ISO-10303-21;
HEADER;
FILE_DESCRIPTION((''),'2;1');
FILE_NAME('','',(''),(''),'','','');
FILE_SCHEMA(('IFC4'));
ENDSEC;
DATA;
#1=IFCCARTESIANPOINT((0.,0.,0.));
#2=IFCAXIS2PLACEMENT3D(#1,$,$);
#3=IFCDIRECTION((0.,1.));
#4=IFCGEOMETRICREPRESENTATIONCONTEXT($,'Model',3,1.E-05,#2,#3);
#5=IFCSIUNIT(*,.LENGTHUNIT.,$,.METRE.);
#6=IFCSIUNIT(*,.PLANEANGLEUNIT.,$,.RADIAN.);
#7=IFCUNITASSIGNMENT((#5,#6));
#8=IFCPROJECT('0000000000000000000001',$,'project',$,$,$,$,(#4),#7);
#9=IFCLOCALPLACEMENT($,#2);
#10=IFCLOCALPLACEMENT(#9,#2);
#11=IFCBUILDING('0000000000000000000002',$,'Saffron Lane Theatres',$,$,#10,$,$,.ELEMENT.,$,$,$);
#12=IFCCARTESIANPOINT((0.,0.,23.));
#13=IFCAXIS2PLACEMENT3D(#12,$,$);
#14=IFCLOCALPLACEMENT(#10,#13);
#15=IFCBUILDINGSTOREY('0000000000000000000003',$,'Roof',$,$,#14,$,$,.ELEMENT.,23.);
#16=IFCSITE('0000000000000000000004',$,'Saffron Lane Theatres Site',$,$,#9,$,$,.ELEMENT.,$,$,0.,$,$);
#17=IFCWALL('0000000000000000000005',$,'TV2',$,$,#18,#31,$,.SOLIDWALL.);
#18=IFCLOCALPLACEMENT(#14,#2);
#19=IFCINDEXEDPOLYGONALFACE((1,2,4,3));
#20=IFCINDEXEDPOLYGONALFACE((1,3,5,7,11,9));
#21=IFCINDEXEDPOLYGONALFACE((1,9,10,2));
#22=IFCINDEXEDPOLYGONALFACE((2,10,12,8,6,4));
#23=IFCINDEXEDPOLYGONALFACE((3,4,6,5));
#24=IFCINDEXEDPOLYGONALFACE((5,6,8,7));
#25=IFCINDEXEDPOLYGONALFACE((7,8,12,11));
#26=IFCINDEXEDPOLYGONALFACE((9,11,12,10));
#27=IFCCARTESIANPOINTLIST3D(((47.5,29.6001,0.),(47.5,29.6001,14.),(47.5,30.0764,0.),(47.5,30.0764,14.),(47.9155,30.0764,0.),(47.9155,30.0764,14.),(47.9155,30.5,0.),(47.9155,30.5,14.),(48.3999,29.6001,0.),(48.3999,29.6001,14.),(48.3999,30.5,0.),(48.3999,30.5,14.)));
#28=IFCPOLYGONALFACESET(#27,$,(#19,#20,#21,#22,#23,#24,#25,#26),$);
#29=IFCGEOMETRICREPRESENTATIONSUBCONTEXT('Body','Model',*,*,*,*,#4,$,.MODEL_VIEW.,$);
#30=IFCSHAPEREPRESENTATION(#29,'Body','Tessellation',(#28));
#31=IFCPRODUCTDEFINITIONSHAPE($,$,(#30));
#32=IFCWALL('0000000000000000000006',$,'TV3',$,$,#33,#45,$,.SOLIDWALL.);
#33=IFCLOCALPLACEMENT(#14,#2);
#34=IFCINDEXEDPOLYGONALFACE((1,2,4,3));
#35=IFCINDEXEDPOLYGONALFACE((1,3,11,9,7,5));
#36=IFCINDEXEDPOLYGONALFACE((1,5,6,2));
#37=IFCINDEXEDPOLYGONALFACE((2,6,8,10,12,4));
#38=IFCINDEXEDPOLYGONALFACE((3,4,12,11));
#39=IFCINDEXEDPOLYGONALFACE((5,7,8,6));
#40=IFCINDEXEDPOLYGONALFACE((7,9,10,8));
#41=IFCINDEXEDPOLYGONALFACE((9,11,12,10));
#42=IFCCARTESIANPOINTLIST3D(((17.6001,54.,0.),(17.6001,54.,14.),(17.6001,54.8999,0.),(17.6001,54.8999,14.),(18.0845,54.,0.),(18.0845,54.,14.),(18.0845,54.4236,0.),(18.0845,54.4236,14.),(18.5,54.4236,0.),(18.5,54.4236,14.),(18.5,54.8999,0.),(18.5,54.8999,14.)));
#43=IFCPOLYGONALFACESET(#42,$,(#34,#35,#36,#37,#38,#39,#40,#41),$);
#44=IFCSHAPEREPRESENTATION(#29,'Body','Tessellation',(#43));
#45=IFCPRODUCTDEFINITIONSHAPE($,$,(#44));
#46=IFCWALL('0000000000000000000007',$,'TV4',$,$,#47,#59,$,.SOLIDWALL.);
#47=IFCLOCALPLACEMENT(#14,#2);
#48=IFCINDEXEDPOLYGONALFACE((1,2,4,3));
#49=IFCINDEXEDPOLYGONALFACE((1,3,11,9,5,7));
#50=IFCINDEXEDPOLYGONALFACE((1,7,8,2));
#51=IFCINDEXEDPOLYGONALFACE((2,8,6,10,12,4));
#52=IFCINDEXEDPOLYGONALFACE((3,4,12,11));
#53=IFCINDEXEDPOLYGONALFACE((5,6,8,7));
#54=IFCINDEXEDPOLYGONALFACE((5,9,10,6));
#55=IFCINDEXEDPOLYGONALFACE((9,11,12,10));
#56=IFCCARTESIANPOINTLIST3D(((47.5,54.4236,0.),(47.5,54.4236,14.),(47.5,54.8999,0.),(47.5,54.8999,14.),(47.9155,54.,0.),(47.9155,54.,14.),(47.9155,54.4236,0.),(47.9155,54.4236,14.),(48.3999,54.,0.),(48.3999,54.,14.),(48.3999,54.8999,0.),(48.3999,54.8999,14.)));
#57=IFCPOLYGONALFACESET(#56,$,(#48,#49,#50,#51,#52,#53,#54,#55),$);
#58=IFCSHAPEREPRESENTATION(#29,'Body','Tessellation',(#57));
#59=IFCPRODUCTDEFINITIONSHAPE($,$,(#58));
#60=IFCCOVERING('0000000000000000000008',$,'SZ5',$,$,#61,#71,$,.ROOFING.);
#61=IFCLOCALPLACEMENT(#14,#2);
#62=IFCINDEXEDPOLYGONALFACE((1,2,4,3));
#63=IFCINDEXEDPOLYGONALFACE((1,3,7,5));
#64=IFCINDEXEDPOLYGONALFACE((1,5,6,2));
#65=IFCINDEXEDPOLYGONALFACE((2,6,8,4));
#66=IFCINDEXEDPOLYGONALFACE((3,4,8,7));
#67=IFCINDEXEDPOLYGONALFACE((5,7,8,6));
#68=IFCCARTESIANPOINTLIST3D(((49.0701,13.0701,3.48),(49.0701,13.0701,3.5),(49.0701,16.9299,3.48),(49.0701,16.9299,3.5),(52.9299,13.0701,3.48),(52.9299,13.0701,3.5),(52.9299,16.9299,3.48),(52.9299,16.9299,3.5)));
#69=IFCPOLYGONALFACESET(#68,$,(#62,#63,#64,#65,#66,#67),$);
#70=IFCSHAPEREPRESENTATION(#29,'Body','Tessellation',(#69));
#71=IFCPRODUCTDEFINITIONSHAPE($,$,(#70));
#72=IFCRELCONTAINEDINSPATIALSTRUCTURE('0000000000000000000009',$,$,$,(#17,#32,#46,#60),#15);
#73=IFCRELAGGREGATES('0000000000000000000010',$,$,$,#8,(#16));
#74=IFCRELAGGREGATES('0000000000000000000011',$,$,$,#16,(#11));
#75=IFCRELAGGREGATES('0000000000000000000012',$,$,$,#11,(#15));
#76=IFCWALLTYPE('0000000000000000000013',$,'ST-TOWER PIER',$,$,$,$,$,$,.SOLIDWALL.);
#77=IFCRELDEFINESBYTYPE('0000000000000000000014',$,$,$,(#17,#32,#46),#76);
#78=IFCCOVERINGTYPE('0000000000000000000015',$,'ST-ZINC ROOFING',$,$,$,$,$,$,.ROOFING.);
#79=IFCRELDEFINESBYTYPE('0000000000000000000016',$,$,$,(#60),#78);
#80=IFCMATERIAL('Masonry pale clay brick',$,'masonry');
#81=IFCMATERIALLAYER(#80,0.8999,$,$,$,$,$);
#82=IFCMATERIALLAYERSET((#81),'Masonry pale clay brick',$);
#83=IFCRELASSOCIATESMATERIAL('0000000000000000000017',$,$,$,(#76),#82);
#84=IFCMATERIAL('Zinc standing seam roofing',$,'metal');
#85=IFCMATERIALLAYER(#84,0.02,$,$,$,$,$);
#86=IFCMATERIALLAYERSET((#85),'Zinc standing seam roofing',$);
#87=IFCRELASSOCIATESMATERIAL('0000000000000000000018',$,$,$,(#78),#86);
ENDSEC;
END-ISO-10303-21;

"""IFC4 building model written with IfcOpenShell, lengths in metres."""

from ifc_helpers import new_model, si_unit, direction, frame, origin, place, context, subcontext, project, spatial, polyline, outline, extrude, material, layer, layer_set, type_object, element, save


model = new_model("IFC4")

# Units and contexts
model_context = context("Model", 3, precision=1e-05, world=origin(), true_north=direction((0.0, 1.0)))
body_context = subcontext(model_context, "Body", "Model", "MODEL_VIEW")
ifc_project = project(units=[si_unit("LENGTHUNIT", "METRE"), si_unit("PLANEANGLEUNIT", "RADIAN")], contexts=[model_context])

# Site, building, storey
site_placement = place(None, origin())
site = spatial("IfcSite", under=ifc_project, at=site_placement, Name="Saffron Lane Theatres Site", CompositionType="ELEMENT", RefElevation=0.0)
building_placement = place(site_placement, origin())
building = spatial("IfcBuilding", under=site, at=building_placement, Name="Saffron Lane Theatres", CompositionType="ELEMENT")
storey_placement = place(building_placement, frame((0.0, 0.0, 23.0)))
storey = spatial("IfcBuildingStorey", under=building, at=storey_placement, Name="Roof", CompositionType="ELEMENT", Elevation=23.0)

# Walls
ifc_material_1 = material(Name="Masonry pale clay brick", Category="masonry")
ifc_layer_1 = layer(ifc_material_1, 0.8999)
ifc_layer_set_1 = layer_set([ifc_layer_1], Name="Masonry pale clay brick")
wall_type = type_object("IfcWallType", Name="ST-TOWER PIER", PredefinedType="SOLIDWALL", material=ifc_layer_set_1)
wall_1_placement = place(storey_placement, origin())
element("IfcWall", 1, at=wall_1_placement, inside=storey, type_object=wall_type, Name="TV2", PredefinedType="SOLIDWALL", context=body_context, shape_type="SweptSolid", body=[
    extrude(outline(polyline([(47.9155, 30.5), (48.3999, 30.5), (48.3999, 29.6001), (47.5, 29.6001), (47.5, 30.0764), (47.9155, 30.0764), (47.9155, 30.5)])), origin(), (0.0, 0.0, 1.0), 14.0),
])
wall_2_placement = place(storey_placement, origin())
element("IfcWall", 2, at=wall_2_placement, inside=storey, type_object=wall_type, Name="TV3", PredefinedType="SOLIDWALL", context=body_context, shape_type="SweptSolid", body=[
    extrude(outline(polyline([(18.0845, 54.0), (17.6001, 54.0), (17.6001, 54.8999), (18.5, 54.8999), (18.5, 54.4236), (18.0845, 54.4236), (18.0845, 54.0)])), origin(), (0.0, 0.0, 1.0), 14.0),
])
wall_3_placement = place(storey_placement, origin())
element("IfcWall", 3, at=wall_3_placement, inside=storey, type_object=wall_type, Name="TV4", PredefinedType="SOLIDWALL", context=body_context, shape_type="SweptSolid", body=[
    extrude(outline(polyline([(47.9155, 54.0), (48.3999, 54.0), (48.3999, 54.8999), (47.5, 54.8999), (47.5, 54.4236), (47.9155, 54.4236), (47.9155, 54.0)])), origin(), (0.0, 0.0, 1.0), 14.0),
])

# Covering
ifc_material_2 = material(Name="Zinc standing seam roofing", Category="metal")
ifc_layer_2 = layer(ifc_material_2, 0.02)
ifc_layer_set_2 = layer_set([ifc_layer_2], Name="Zinc standing seam roofing")
covering_type_1 = type_object("IfcCoveringType", Name="ST-ZINC ROOFING", PredefinedType="ROOFING", material=ifc_layer_set_2)
covering_1_placement = place(storey_placement, frame((0.0, 0.0, 3.48)))
element("IfcCovering", 4, at=covering_1_placement, inside=storey, type_object=covering_type_1, Name="SZ5", PredefinedType="ROOFING", context=body_context, shape_type="SweptSolid", body=[
    extrude(outline(polyline([(49.0701, 13.0701), (52.9299, 13.0701), (52.9299, 16.9299), (49.0701, 16.9299), (49.0701, 13.0701)])), origin(), (0.0, 0.0, 1.0), 0.02),
])

save(model, "model.ifc")
